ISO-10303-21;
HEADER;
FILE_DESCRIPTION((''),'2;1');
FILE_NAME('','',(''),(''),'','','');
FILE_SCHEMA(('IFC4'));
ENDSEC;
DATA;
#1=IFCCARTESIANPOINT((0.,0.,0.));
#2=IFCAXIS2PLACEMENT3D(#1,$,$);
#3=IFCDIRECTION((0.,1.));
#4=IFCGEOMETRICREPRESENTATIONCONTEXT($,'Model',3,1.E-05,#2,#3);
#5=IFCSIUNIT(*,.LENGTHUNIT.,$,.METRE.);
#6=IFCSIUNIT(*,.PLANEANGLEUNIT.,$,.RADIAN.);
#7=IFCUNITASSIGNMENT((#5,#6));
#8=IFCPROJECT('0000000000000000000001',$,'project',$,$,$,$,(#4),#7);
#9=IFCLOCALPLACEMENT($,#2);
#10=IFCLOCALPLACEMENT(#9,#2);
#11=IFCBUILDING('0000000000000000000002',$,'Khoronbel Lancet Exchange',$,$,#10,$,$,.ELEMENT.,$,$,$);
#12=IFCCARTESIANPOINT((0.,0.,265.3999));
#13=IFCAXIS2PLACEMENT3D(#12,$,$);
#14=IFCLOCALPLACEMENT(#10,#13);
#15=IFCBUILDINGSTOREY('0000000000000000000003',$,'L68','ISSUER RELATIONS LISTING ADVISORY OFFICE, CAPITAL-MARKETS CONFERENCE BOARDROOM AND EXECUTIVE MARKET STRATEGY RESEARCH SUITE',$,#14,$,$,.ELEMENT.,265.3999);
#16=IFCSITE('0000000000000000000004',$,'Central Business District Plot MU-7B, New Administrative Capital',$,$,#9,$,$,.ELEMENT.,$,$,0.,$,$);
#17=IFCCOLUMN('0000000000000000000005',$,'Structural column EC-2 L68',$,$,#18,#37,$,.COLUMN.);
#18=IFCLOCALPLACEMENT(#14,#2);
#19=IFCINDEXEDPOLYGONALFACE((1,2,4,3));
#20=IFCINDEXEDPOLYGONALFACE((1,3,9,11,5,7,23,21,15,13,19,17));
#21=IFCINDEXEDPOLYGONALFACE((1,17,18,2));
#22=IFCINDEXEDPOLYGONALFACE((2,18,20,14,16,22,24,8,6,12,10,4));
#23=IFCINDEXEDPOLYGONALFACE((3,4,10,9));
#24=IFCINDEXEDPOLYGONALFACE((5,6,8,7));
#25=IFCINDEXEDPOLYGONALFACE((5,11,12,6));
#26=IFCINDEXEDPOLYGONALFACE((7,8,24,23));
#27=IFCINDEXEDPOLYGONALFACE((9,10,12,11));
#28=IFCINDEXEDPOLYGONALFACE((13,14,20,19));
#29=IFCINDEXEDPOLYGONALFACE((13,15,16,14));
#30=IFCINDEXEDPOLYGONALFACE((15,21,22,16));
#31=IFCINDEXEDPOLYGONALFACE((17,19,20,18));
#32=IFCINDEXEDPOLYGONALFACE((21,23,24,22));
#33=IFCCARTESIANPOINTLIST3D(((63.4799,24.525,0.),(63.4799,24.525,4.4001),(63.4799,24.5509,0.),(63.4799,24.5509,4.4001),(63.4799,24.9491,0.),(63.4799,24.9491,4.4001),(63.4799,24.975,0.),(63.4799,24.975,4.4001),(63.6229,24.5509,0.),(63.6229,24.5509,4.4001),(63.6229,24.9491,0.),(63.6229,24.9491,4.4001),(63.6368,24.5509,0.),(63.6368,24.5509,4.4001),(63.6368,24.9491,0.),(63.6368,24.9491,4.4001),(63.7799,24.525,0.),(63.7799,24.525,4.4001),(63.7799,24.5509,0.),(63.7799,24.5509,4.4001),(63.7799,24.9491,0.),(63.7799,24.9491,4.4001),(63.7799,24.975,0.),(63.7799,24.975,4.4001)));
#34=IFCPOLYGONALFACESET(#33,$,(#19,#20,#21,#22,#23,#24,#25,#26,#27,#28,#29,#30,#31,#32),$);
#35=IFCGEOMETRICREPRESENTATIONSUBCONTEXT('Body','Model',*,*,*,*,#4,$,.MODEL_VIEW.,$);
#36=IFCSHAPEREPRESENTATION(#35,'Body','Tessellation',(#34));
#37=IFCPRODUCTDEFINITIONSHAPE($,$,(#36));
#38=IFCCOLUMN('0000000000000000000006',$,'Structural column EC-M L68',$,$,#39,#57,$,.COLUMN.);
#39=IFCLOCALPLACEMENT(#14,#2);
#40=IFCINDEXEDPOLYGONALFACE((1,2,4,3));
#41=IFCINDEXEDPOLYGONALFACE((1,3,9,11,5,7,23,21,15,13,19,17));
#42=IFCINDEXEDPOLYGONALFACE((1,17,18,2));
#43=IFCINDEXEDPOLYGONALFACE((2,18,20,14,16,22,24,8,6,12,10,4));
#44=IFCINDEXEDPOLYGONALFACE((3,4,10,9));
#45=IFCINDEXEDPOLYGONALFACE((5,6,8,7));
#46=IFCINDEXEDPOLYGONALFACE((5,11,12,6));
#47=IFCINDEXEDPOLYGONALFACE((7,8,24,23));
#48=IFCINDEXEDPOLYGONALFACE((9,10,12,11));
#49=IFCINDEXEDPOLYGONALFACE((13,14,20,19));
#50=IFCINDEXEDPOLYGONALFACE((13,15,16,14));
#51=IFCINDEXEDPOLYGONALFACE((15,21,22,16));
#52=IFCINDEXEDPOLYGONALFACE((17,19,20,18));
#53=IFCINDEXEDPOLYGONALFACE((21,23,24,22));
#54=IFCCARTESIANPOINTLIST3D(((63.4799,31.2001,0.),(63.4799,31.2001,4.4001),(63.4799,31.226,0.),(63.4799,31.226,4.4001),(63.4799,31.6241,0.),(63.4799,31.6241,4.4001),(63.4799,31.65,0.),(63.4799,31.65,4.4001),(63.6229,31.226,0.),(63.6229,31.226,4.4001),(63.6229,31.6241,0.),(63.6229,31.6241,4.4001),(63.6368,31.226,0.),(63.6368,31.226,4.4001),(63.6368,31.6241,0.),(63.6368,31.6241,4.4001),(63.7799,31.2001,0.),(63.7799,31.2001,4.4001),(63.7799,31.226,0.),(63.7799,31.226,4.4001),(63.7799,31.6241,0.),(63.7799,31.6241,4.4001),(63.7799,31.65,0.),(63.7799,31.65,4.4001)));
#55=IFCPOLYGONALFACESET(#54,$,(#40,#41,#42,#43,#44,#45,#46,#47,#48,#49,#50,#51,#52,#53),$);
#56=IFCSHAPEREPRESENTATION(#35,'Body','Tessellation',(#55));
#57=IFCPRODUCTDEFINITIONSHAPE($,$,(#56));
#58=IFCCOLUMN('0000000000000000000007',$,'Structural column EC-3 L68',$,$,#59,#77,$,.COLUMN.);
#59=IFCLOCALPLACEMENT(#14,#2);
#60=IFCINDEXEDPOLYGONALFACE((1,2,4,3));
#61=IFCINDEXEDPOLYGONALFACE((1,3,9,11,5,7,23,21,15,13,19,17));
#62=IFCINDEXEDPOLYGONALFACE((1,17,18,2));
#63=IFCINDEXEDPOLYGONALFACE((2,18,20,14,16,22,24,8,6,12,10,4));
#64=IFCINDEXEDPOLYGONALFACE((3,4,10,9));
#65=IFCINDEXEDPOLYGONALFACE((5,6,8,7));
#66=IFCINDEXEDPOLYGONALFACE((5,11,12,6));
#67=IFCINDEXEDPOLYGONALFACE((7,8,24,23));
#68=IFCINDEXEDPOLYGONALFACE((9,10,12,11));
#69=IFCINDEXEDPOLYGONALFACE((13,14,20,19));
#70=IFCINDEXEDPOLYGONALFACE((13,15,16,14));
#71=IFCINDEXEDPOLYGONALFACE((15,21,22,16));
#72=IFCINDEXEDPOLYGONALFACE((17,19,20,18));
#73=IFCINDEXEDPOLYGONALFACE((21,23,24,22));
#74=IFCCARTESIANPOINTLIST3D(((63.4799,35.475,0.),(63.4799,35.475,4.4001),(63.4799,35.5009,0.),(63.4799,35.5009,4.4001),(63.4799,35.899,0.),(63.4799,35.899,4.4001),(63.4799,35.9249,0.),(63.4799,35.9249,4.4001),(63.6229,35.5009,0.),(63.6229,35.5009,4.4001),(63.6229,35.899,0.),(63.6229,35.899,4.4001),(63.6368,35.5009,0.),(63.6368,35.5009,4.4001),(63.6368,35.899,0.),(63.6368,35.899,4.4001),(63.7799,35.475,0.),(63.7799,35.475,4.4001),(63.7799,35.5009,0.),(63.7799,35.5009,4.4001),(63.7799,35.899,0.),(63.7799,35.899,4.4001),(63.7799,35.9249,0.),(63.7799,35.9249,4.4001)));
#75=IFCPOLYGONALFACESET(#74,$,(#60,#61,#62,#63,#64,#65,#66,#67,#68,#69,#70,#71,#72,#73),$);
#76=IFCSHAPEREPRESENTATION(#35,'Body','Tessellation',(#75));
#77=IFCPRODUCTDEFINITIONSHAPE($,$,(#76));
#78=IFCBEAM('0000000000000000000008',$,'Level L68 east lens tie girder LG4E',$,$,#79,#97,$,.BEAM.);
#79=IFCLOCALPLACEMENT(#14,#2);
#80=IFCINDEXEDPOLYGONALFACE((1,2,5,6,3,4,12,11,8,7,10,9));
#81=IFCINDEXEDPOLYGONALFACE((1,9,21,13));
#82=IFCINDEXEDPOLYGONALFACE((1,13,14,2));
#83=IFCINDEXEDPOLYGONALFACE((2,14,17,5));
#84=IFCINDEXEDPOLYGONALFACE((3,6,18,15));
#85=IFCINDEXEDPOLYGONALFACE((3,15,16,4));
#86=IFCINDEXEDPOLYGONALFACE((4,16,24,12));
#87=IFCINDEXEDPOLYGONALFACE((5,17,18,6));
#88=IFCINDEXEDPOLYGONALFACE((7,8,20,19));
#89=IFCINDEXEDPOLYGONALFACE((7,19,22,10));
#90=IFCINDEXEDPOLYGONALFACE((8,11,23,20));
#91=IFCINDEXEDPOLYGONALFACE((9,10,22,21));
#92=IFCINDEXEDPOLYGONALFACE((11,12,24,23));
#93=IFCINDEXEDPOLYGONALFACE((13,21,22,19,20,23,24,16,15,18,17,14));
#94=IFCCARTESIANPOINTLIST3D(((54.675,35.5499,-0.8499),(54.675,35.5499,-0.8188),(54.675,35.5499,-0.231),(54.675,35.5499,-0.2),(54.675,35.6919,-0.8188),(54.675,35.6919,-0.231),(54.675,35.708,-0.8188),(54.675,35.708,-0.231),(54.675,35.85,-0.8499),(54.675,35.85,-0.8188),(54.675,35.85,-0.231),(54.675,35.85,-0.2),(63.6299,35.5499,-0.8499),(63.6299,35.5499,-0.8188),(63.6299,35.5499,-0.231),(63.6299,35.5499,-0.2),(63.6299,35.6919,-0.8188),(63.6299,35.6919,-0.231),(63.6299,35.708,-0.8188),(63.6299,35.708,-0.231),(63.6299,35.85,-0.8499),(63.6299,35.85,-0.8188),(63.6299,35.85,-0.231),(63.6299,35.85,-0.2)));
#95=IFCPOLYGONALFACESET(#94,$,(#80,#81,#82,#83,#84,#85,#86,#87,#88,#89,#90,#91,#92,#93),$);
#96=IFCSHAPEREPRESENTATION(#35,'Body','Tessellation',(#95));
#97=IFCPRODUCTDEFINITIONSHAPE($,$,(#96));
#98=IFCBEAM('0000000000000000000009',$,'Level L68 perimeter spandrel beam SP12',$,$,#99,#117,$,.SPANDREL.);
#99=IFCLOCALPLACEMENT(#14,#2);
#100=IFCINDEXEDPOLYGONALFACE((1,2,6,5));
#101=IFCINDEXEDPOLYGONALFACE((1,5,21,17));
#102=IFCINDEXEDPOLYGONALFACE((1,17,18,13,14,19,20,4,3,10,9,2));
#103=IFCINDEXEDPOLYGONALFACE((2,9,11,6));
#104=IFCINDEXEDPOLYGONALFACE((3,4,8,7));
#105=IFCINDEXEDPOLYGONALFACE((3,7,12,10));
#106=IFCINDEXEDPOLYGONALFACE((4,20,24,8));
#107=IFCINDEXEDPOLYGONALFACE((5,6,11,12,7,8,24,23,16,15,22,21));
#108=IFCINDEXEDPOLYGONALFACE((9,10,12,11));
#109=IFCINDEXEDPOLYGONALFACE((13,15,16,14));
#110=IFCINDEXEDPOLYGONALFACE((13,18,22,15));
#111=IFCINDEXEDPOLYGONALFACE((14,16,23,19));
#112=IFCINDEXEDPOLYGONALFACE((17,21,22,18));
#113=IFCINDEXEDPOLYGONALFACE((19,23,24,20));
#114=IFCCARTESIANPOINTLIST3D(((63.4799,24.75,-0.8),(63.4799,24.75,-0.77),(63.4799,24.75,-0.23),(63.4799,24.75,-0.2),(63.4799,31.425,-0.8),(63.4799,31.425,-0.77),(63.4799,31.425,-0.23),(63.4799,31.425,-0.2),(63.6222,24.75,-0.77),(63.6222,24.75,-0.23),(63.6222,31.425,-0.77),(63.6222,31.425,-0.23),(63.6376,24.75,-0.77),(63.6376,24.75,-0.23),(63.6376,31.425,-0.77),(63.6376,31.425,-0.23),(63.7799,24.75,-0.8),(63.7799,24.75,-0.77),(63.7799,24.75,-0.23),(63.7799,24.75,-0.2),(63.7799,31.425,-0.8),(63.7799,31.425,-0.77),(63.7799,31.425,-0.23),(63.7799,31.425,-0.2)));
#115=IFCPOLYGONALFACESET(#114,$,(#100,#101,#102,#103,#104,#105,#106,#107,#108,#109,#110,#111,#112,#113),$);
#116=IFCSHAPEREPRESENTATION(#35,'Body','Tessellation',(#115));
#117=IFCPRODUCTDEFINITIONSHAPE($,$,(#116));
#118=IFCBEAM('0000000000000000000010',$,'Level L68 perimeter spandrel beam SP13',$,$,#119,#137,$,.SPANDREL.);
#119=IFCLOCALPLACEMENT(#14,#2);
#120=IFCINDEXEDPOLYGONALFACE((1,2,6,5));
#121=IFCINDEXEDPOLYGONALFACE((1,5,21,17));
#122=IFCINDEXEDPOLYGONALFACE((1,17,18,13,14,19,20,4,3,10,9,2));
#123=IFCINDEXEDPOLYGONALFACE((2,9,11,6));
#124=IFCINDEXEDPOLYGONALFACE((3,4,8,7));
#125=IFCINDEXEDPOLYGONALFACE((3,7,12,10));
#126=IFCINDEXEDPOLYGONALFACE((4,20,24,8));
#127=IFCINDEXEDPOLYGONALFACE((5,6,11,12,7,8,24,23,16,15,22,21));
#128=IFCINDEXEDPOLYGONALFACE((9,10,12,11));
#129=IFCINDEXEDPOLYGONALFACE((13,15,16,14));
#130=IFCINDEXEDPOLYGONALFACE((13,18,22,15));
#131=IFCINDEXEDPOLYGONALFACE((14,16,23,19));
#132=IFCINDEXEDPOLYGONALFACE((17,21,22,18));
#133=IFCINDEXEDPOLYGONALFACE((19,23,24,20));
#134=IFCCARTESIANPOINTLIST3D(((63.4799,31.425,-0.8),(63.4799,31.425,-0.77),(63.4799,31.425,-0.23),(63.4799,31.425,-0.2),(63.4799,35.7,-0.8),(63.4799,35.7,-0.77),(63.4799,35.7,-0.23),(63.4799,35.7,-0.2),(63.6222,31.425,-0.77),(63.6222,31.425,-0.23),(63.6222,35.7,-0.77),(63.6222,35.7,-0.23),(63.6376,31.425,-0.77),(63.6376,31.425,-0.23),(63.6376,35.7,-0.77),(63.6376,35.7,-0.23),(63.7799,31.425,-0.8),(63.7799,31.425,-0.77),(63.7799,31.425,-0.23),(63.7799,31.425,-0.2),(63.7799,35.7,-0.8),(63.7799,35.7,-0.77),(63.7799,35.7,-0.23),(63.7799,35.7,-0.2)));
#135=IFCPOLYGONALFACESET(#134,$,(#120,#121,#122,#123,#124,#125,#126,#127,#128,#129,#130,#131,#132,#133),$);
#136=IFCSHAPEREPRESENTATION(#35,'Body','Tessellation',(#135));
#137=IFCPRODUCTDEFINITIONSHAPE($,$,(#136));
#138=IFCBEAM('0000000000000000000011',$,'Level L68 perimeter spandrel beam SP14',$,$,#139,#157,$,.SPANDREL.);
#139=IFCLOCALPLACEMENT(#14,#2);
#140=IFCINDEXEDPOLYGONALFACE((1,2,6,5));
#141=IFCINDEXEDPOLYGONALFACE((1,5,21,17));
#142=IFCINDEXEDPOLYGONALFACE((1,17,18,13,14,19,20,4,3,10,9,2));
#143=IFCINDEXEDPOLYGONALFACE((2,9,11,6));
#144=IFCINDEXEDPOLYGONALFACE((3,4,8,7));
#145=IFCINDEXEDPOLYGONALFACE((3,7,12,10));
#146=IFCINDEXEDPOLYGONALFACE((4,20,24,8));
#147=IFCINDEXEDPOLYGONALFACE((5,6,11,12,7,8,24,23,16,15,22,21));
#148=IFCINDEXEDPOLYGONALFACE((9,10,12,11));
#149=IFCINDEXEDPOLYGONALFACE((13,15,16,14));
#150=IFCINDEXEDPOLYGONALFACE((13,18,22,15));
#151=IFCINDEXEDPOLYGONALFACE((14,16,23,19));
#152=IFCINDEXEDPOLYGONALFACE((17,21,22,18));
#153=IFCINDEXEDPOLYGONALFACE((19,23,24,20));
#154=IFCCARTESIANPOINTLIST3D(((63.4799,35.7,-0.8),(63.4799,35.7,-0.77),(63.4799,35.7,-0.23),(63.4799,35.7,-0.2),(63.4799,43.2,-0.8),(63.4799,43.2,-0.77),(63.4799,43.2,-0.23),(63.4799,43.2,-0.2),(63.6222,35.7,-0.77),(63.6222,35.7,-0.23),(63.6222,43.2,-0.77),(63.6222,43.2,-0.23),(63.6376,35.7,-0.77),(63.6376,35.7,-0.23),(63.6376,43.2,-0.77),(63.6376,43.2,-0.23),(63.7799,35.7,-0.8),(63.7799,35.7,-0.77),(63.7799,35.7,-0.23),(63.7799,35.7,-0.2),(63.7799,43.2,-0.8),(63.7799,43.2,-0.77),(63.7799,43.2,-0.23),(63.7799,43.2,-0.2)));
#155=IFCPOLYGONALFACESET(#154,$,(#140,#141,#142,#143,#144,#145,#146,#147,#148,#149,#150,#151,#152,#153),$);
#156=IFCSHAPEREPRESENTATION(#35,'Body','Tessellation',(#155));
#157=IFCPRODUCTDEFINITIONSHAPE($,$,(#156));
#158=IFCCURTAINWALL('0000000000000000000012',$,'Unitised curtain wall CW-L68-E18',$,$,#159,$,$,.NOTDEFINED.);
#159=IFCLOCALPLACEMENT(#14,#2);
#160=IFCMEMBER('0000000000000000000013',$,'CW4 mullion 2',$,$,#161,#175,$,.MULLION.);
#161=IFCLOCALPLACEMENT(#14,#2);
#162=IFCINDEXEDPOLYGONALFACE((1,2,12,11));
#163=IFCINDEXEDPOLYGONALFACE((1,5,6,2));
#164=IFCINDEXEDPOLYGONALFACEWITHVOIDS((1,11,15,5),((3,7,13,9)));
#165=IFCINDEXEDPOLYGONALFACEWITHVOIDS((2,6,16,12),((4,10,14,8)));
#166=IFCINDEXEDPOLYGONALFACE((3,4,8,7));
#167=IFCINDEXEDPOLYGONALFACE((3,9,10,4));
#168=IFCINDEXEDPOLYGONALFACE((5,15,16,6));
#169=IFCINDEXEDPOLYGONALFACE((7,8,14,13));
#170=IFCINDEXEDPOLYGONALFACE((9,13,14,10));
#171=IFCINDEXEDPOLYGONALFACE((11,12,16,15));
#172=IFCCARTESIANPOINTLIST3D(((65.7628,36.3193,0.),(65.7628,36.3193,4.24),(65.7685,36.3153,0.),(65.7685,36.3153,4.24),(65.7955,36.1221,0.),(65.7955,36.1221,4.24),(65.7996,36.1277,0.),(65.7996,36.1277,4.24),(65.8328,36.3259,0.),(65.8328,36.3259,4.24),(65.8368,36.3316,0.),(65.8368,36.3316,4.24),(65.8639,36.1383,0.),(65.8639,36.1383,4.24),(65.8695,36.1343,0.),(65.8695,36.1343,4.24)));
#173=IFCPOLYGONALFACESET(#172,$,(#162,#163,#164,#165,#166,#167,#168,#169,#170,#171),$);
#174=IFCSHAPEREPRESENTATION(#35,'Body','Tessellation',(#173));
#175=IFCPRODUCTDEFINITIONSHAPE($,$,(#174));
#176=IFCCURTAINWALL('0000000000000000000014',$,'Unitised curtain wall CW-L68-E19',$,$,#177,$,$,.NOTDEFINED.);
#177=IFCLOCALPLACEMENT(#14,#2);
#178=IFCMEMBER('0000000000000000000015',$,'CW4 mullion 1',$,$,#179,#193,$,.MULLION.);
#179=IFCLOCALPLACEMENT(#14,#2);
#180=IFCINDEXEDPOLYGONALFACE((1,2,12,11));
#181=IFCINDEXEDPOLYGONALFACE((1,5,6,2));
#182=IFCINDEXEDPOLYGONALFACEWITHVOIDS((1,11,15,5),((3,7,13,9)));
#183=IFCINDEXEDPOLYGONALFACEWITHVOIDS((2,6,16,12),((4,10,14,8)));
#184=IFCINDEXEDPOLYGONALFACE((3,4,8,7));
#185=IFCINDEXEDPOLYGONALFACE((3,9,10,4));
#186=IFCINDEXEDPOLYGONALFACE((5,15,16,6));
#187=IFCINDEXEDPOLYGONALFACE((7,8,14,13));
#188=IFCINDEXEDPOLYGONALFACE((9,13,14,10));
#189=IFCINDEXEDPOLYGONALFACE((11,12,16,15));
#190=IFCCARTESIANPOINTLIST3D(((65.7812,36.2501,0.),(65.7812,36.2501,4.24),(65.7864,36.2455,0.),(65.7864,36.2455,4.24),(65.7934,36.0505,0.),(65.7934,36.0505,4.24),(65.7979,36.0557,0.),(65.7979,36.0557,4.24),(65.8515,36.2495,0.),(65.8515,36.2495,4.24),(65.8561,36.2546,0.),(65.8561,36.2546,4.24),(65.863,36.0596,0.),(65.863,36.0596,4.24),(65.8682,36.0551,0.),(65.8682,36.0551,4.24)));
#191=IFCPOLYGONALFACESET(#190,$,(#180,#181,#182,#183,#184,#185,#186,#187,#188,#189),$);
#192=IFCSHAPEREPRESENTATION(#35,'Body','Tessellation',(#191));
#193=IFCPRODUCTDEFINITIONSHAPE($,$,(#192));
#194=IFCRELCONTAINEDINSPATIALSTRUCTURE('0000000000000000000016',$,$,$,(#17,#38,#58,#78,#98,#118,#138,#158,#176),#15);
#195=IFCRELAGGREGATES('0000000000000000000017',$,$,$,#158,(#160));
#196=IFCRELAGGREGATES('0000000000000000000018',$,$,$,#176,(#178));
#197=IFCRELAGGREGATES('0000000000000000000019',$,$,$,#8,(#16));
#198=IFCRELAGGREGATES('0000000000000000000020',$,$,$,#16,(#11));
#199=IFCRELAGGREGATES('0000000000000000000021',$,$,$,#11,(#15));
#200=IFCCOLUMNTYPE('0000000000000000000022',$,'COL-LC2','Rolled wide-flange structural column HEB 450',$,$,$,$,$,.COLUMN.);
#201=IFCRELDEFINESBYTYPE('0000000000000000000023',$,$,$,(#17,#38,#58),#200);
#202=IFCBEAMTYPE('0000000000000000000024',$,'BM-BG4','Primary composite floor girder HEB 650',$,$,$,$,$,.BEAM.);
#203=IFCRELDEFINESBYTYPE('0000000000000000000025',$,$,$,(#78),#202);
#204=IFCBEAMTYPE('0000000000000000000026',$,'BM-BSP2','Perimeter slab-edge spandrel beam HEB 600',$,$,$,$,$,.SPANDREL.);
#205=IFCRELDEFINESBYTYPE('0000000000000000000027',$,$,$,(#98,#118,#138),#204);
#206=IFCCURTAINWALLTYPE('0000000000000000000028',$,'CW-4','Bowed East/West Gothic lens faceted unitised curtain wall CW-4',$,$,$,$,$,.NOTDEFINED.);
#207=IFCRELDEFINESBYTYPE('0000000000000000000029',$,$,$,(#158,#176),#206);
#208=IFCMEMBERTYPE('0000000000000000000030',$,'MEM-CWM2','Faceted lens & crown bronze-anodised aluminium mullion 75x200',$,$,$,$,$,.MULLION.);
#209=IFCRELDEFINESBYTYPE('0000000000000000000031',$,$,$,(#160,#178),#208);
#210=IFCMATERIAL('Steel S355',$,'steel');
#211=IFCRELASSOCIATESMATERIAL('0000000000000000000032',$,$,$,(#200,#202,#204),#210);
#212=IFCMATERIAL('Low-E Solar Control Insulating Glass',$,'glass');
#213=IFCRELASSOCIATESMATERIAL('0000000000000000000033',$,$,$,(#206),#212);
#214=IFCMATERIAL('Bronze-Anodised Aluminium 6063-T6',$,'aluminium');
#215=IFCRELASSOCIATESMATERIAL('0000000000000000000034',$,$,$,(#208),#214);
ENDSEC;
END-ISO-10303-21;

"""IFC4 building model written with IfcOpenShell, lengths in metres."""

from ifc_helpers import new_model, si_unit, direction, frame, origin, origin_2d, place, context, subcontext, project, spatial, hollow_rectangle, i_section, extrude, material, material_profile, profile_set, type_object, element, aggregate, save


model = new_model("IFC4")

# Units and contexts
model_context = context("Model", 3, precision=1e-05, world=origin(), true_north=direction((0.0, 1.0)))
body_context = subcontext(model_context, "Body", "Model", "MODEL_VIEW")
ifc_project = project(units=[si_unit("LENGTHUNIT", "METRE"), si_unit("PLANEANGLEUNIT", "RADIAN")], contexts=[model_context])

# Site, building, storey
site_placement = place(None, origin())
site = spatial("IfcSite", under=ifc_project, at=site_placement, Name="Central Business District Plot MU-7B, New Administrative Capital", CompositionType="ELEMENT", RefElevation=0.0)
building_placement = place(site_placement, origin())
building = spatial("IfcBuilding", under=site, at=building_placement, Name="Khoronbel Lancet Exchange", CompositionType="ELEMENT")
storey_placement = place(building_placement, frame((0.0, 0.0, 265.3999)))
storey = spatial("IfcBuildingStorey", under=building, at=storey_placement, Name="L68", Description="ISSUER RELATIONS LISTING ADVISORY OFFICE, CAPITAL-MARKETS CONFERENCE BOARDROOM AND EXECUTIVE MARKET STRATEGY RESEARCH SUITE", CompositionType="ELEMENT", Elevation=265.3999)

# Columns
ifc_material_1 = material(Name="Steel S355", Category="steel")
ifc_material_profile_1 = material_profile(ifc_material_1, i_section(OverallWidth=0.3, OverallDepth=0.45, WebThickness=0.0139, FlangeThickness=0.0259, at=origin_2d()), Name="HEB 450")
ifc_profile_set_1 = profile_set([ifc_material_profile_1], Name="Steel S355")
column_type = type_object("IfcColumnType", Name="COL-LC2", Description="Rolled wide-flange structural column HEB 450", PredefinedType="COLUMN", material=ifc_profile_set_1)
for number, where, z_axis, x_axis, name in (
    (1, (63.6299, 24.75, 0.0), (0.0, 0.0, 1.0), (1.0, 0.0, 0.0), "Structural column EC-2 L68"),
    (2, (63.6299, 31.425, 0.0), (0.0, 0.0, 1.0), (1.0, 0.0, 0.0), "Structural column EC-M L68"),
    (3, (63.6299, 35.7, 0.0), (0.0, 0.0, 1.0), (1.0, 0.0, 0.0), "Structural column EC-3 L68"),
):
    element("IfcColumn", number, at=place(storey_placement, frame(where, z_axis=z_axis, x_axis=x_axis)), inside=storey, type_object=column_type, Name=name, PredefinedType="COLUMN", context=body_context, shape_type="SweptSolid", body=[
        extrude(i_section(OverallWidth=0.3, OverallDepth=0.45, WebThickness=0.0139, FlangeThickness=0.0259, at=origin_2d()), origin(), (0.0, 0.0, 1.0), 4.4001),
    ])

# Beams
ifc_material_profile_2 = material_profile(ifc_material_1, i_section(OverallWidth=0.3, OverallDepth=0.6499, WebThickness=0.0161, FlangeThickness=0.031, at=origin_2d()), Name="HEB 650")
ifc_profile_set_2 = profile_set([ifc_material_profile_2], Name="Steel S355")
beam_type_1 = type_object("IfcBeamType", Name="BM-BG4", Description="Primary composite floor girder HEB 650", PredefinedType="BEAM", material=ifc_profile_set_2)
beam_1_placement = place(storey_placement, frame((54.675, 35.7, -0.5249), z_axis=(1.0, 0.0, 0.0), x_axis=(0.0, 1.0, 0.0)))
element("IfcBeam", 4, at=beam_1_placement, inside=storey, type_object=beam_type_1, Name="Level L68 east lens tie girder LG4E", PredefinedType="BEAM", context=body_context, shape_type="SweptSolid", body=[
    extrude(i_section(OverallWidth=0.3, OverallDepth=0.6499, WebThickness=0.0161, FlangeThickness=0.031, at=origin_2d()), origin(), (0.0, 0.0, 1.0), 8.9548),
])
ifc_material_profile_3 = material_profile(ifc_material_1, i_section(OverallWidth=0.3, OverallDepth=0.6001, WebThickness=0.0154, FlangeThickness=0.03, at=origin_2d()), Name="HEB 600")
ifc_profile_set_3 = profile_set([ifc_material_profile_3], Name="Steel S355")
beam_type_2 = type_object("IfcBeamType", Name="BM-BSP2", Description="Perimeter slab-edge spandrel beam HEB 600", PredefinedType="SPANDREL", material=ifc_profile_set_3)
beam_2_placement = place(storey_placement, frame((63.6299, 24.75, -0.5), z_axis=(0.0, 1.0, 0.0), x_axis=(-1.0, 0.0, 0.0)))
element("IfcBeam", 5, at=beam_2_placement, inside=storey, type_object=beam_type_2, Name="Level L68 perimeter spandrel beam SP12", PredefinedType="SPANDREL", context=body_context, shape_type="SweptSolid", body=[
    extrude(i_section(OverallWidth=0.3, OverallDepth=0.6001, WebThickness=0.0154, FlangeThickness=0.03, at=origin_2d()), origin(), (0.0, 0.0, 1.0), 6.675),
])
beam_3_placement = place(storey_placement, frame((63.6299, 31.425, -0.5), z_axis=(0.0, 1.0, 0.0), x_axis=(-1.0, 0.0, 0.0)))
element("IfcBeam", 6, at=beam_3_placement, inside=storey, type_object=beam_type_2, Name="Level L68 perimeter spandrel beam SP13", PredefinedType="SPANDREL", context=body_context, shape_type="SweptSolid", body=[
    extrude(i_section(OverallWidth=0.3, OverallDepth=0.6001, WebThickness=0.0154, FlangeThickness=0.03, at=origin_2d()), origin(), (0.0, 0.0, 1.0), 4.2749),
])
beam_4_placement = place(storey_placement, frame((63.6299, 35.7, -0.5), z_axis=(0.0, 1.0, 0.0), x_axis=(-1.0, 0.0, 0.0)))
element("IfcBeam", 7, at=beam_4_placement, inside=storey, type_object=beam_type_2, Name="Level L68 perimeter spandrel beam SP14", PredefinedType="SPANDREL", context=body_context, shape_type="SweptSolid", body=[
    extrude(i_section(OverallWidth=0.3, OverallDepth=0.6001, WebThickness=0.0154, FlangeThickness=0.03, at=origin_2d()), origin(), (0.0, 0.0, 1.0), 7.5),
])

# Curtain wall, member
ifc_material_2 = material(Name="Low-E Solar Control Insulating Glass", Category="glass")
curtain_wall_type = type_object("IfcCurtainWallType", Name="CW-4", Description="Bowed East/West Gothic lens faceted unitised curtain wall CW-4", PredefinedType="NOTDEFINED", material=ifc_material_2)
curtain_wall_1_placement = place(storey_placement, origin())
curtain_wall_1 = element("IfcCurtainWall", 8, at=curtain_wall_1_placement, inside=storey, type_object=curtain_wall_type, Name="Unitised curtain wall CW-L68-E18", PredefinedType="NOTDEFINED")
ifc_material_3 = material(Name="Bronze-Anodised Aluminium 6063-T6", Category="aluminium")
ifc_material_profile_4 = material_profile(ifc_material_3, hollow_rectangle(XDim=0.075, YDim=0.2, WallThickness=0.0049, at=origin_2d()), Name="ALU MULLION 75x200")
ifc_profile_set_4 = profile_set([ifc_material_profile_4], Name="Bronze-Anodised Aluminium 6063-T6")
member_type_1 = type_object("IfcMemberType", Name="MEM-CWM2", Description="Faceted lens & crown bronze-anodised aluminium mullion 75x200", PredefinedType="MULLION", material=ifc_profile_set_4)
member_1_placement = place(storey_placement, frame((65.8162, 36.2268, 0.0), z_axis=(0.0, 0.0, 1.0), x_axis=(0.986551, 0.163454, 0.0)))
member_1 = element("IfcMember", 9, at=member_1_placement, type_object=member_type_1, Name="CW4 mullion 2", PredefinedType="MULLION", context=body_context, shape_type="SweptSolid", body=[
    extrude(hollow_rectangle(XDim=0.075, YDim=0.2, WallThickness=0.0049, at=origin_2d()), origin(), (0.0, 0.0, 1.0), 4.24),
])
aggregate(curtain_wall_1, [member_1])

# Curtain wall, member
curtain_wall_2_placement = place(storey_placement, origin())
curtain_wall_2 = element("IfcCurtainWall", 10, at=curtain_wall_2_placement, inside=storey, type_object=curtain_wall_type, Name="Unitised curtain wall CW-L68-E19", PredefinedType="NOTDEFINED")
member_2_placement = place(storey_placement, frame((65.8247, 36.1526, 0.0), z_axis=(0.0, 0.0, 1.0), x_axis=(0.998167, 0.060523, 0.0)))
member_2 = element("IfcMember", 11, at=member_2_placement, type_object=member_type_1, Name="CW4 mullion 1", PredefinedType="MULLION", context=body_context, shape_type="SweptSolid", body=[
    extrude(hollow_rectangle(XDim=0.075, YDim=0.2, WallThickness=0.0049, at=origin_2d()), origin(), (0.0, 0.0, 1.0), 4.24),
])

aggregate(curtain_wall_2, [member_2])

save(model, "model.ifc")
